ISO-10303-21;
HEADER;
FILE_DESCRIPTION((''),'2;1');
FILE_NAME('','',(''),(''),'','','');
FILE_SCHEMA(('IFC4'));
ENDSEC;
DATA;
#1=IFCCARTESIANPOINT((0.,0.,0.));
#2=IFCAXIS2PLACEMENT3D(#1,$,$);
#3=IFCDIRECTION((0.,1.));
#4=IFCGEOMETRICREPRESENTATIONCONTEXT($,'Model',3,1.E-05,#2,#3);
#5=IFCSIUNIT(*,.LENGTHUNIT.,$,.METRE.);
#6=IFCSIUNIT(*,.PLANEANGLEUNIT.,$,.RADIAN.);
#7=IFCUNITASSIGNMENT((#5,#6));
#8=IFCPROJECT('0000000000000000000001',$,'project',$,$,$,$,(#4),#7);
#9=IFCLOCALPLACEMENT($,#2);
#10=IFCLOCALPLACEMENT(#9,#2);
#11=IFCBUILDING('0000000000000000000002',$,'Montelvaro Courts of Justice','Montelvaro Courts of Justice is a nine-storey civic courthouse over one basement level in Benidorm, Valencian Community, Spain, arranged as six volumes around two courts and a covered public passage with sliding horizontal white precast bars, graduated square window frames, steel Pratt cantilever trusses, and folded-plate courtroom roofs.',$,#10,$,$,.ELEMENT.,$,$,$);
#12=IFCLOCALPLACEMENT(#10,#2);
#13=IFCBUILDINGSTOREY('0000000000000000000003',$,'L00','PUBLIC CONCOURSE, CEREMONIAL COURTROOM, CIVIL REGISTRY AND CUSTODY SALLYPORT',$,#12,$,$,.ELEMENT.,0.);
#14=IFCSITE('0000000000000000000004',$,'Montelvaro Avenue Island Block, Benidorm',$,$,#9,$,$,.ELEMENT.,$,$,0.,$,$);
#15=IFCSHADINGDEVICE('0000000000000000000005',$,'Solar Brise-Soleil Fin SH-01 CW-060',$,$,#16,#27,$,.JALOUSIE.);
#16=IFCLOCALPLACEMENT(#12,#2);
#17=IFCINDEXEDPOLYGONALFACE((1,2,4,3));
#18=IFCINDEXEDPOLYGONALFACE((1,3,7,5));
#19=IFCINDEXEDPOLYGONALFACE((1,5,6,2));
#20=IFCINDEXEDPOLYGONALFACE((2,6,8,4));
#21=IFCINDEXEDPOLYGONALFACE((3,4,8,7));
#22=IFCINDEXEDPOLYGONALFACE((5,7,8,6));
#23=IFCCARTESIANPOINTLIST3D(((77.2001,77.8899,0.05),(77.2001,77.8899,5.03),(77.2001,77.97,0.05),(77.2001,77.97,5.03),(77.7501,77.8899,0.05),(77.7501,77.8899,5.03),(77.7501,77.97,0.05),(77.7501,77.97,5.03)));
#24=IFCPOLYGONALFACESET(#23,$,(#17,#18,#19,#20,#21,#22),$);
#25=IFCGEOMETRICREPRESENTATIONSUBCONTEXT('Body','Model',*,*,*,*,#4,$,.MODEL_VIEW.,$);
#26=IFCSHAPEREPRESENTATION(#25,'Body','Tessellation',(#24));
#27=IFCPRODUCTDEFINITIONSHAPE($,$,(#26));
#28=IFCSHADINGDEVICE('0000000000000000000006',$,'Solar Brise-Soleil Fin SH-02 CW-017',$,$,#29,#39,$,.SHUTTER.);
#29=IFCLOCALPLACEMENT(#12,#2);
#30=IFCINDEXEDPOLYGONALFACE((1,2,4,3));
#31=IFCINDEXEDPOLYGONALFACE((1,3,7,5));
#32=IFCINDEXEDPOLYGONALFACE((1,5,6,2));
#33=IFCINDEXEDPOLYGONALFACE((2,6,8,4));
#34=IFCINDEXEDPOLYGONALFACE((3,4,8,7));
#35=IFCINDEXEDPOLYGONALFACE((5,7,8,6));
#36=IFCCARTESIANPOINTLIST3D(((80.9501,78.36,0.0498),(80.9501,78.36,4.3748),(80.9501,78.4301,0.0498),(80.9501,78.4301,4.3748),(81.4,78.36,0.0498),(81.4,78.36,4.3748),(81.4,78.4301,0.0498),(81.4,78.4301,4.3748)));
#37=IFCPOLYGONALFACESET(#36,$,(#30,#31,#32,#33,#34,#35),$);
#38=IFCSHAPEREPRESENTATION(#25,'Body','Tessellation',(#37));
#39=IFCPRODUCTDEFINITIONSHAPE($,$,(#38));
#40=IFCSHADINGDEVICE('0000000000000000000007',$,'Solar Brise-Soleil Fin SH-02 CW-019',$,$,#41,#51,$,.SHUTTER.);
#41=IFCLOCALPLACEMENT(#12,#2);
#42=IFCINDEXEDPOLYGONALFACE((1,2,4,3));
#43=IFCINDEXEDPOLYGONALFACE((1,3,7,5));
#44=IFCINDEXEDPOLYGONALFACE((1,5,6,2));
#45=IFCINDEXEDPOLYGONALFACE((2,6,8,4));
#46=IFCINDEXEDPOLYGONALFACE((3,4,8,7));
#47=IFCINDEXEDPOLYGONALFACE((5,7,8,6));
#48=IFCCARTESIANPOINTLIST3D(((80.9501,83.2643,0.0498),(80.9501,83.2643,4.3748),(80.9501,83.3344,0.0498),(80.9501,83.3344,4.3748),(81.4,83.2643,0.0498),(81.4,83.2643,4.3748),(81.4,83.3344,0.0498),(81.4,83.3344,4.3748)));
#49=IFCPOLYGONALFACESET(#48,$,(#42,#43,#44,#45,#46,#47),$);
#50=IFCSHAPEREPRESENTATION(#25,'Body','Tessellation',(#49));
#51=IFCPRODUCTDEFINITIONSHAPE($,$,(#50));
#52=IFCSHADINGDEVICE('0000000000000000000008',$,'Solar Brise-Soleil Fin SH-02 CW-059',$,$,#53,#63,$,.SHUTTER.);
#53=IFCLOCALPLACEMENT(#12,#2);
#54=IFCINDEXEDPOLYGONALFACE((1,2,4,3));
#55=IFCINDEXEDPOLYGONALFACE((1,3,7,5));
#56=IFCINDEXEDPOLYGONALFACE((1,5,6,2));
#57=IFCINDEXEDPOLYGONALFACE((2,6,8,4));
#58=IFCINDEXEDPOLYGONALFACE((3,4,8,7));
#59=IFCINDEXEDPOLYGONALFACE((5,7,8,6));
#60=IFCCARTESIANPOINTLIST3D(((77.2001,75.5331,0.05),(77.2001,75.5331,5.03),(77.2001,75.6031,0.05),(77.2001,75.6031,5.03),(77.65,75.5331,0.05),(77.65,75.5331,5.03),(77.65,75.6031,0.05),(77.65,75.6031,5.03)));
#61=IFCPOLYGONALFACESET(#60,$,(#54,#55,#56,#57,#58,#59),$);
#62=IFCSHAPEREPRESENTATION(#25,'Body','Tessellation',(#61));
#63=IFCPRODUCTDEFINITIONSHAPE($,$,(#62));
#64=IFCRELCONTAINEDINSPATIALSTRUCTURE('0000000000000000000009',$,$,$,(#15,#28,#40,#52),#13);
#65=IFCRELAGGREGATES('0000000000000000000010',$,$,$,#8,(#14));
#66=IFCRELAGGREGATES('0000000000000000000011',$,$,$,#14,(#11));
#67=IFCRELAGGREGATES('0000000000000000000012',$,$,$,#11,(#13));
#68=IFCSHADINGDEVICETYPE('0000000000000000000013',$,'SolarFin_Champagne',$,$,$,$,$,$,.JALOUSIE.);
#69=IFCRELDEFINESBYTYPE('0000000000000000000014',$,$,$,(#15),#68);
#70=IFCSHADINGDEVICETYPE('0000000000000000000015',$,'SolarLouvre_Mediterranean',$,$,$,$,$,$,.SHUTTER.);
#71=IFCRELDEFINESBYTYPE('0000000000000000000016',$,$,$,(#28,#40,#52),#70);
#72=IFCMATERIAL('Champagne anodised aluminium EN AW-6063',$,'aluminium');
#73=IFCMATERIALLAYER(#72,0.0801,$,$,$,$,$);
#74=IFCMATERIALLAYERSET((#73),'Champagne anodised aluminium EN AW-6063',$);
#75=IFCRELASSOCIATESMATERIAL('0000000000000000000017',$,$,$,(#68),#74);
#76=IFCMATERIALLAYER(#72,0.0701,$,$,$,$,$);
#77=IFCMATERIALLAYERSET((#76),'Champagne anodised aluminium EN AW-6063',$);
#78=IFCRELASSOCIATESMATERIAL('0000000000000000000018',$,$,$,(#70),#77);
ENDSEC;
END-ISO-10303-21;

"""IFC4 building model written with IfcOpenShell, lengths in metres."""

from ifc_helpers import new_model, si_unit, direction, frame, origin, origin_2d, place, context, subcontext, project, spatial, rectangle, extrude, material, layer, layer_set, type_object, element, save


model = new_model("IFC4")

# Units and contexts
model_context = context("Model", 3, precision=1e-05, world=origin(), true_north=direction((0.0, 1.0)))
body_context = subcontext(model_context, "Body", "Model", "MODEL_VIEW")
ifc_project = project(units=[si_unit("LENGTHUNIT", "METRE"), si_unit("PLANEANGLEUNIT", "RADIAN")], contexts=[model_context])

# Site, building, storey
site_placement = place(None, origin())
site = spatial("IfcSite", under=ifc_project, at=site_placement, Name="Montelvaro Avenue Island Block, Benidorm", CompositionType="ELEMENT", RefElevation=0.0)
building_placement = place(site_placement, origin())
building = spatial("IfcBuilding", under=site, at=building_placement, Name="Montelvaro Courts of Justice", Description="Montelvaro Courts of Justice is a nine-storey civic courthouse over one basement level in Benidorm, Valencian Community, Spain, arranged as six volumes around two courts and a covered public passage with sliding horizontal white precast bars, graduated square window frames, steel Pratt cantilever trusses, and folded-plate courtroom roofs.", CompositionType="ELEMENT")
storey_placement = place(building_placement, origin())
storey = spatial("IfcBuildingStorey", under=building, at=storey_placement, Name="L00", Description="PUBLIC CONCOURSE, CEREMONIAL COURTROOM, CIVIL REGISTRY AND CUSTODY SALLYPORT", CompositionType="ELEMENT", Elevation=0.0)

# Shading devices
ifc_material_1 = material(Name="Champagne anodised aluminium EN AW-6063", Category="aluminium")
ifc_layer_1 = layer(ifc_material_1, 0.0801)
ifc_layer_set_1 = layer_set([ifc_layer_1], Name="Champagne anodised aluminium EN AW-6063")
shading_device_type_1 = type_object("IfcShadingDeviceType", Name="SolarFin_Champagne", PredefinedType="JALOUSIE", material=ifc_layer_set_1)
shading_device_1_placement = place(storey_placement, frame((77.4751, 77.9299, 0.05), z_axis=(0.0, 0.0, 1.0), x_axis=(0.0, 1.0, 0.0)))
element("IfcShadingDevice", 1, at=shading_device_1_placement, inside=storey, type_object=shading_device_type_1, Name="Solar Brise-Soleil Fin SH-01 CW-060", PredefinedType="JALOUSIE", context=body_context, shape_type="SweptSolid", body=[
    extrude(rectangle(XDim=0.0801, YDim=0.55, at=origin_2d()), origin(), (0.0, 0.0, 1.0), 4.98),
])
ifc_layer_2 = layer(ifc_material_1, 0.0701)
ifc_layer_set_2 = layer_set([ifc_layer_2], Name="Champagne anodised aluminium EN AW-6063")
shading_device_type_2 = type_object("IfcShadingDeviceType", Name="SolarLouvre_Mediterranean", PredefinedType="SHUTTER", material=ifc_layer_set_2)
for number, where, z_axis, x_axis, name in (
    (2, (81.175, 78.395, 0.0498), (0.0, 0.0, 1.0), (0.0, 1.0, 0.0), "Solar Brise-Soleil Fin SH-02 CW-017"),
    (3, (81.175, 83.2993, 0.0498), (0.0, 0.0, 1.0), (0.0, 1.0, 0.0), "Solar Brise-Soleil Fin SH-02 CW-019"),
):
    element("IfcShadingDevice", number, at=place(storey_placement, frame(where, z_axis=z_axis, x_axis=x_axis)), inside=storey, type_object=shading_device_type_2, Name=name, PredefinedType="SHUTTER", context=body_context, shape_type="SweptSolid", body=[
        extrude(rectangle(XDim=0.0701, YDim=0.45, at=origin_2d()), origin(), (0.0, 0.0, 1.0), 4.325),
    ])
shading_device_2_placement = place(storey_placement, frame((77.425, 75.5681, 0.05), z_axis=(0.0, 0.0, 1.0), x_axis=(0.0, 1.0, 0.0)))
element("IfcShadingDevice", 4, at=shading_device_2_placement, inside=storey, type_object=shading_device_type_2, Name="Solar Brise-Soleil Fin SH-02 CW-059", PredefinedType="SHUTTER", context=body_context, shape_type="SweptSolid", body=[
    extrude(rectangle(XDim=0.0701, YDim=0.45, at=origin_2d()), origin(), (0.0, 0.0, 1.0), 4.98),
])

save(model, "model.ifc")
